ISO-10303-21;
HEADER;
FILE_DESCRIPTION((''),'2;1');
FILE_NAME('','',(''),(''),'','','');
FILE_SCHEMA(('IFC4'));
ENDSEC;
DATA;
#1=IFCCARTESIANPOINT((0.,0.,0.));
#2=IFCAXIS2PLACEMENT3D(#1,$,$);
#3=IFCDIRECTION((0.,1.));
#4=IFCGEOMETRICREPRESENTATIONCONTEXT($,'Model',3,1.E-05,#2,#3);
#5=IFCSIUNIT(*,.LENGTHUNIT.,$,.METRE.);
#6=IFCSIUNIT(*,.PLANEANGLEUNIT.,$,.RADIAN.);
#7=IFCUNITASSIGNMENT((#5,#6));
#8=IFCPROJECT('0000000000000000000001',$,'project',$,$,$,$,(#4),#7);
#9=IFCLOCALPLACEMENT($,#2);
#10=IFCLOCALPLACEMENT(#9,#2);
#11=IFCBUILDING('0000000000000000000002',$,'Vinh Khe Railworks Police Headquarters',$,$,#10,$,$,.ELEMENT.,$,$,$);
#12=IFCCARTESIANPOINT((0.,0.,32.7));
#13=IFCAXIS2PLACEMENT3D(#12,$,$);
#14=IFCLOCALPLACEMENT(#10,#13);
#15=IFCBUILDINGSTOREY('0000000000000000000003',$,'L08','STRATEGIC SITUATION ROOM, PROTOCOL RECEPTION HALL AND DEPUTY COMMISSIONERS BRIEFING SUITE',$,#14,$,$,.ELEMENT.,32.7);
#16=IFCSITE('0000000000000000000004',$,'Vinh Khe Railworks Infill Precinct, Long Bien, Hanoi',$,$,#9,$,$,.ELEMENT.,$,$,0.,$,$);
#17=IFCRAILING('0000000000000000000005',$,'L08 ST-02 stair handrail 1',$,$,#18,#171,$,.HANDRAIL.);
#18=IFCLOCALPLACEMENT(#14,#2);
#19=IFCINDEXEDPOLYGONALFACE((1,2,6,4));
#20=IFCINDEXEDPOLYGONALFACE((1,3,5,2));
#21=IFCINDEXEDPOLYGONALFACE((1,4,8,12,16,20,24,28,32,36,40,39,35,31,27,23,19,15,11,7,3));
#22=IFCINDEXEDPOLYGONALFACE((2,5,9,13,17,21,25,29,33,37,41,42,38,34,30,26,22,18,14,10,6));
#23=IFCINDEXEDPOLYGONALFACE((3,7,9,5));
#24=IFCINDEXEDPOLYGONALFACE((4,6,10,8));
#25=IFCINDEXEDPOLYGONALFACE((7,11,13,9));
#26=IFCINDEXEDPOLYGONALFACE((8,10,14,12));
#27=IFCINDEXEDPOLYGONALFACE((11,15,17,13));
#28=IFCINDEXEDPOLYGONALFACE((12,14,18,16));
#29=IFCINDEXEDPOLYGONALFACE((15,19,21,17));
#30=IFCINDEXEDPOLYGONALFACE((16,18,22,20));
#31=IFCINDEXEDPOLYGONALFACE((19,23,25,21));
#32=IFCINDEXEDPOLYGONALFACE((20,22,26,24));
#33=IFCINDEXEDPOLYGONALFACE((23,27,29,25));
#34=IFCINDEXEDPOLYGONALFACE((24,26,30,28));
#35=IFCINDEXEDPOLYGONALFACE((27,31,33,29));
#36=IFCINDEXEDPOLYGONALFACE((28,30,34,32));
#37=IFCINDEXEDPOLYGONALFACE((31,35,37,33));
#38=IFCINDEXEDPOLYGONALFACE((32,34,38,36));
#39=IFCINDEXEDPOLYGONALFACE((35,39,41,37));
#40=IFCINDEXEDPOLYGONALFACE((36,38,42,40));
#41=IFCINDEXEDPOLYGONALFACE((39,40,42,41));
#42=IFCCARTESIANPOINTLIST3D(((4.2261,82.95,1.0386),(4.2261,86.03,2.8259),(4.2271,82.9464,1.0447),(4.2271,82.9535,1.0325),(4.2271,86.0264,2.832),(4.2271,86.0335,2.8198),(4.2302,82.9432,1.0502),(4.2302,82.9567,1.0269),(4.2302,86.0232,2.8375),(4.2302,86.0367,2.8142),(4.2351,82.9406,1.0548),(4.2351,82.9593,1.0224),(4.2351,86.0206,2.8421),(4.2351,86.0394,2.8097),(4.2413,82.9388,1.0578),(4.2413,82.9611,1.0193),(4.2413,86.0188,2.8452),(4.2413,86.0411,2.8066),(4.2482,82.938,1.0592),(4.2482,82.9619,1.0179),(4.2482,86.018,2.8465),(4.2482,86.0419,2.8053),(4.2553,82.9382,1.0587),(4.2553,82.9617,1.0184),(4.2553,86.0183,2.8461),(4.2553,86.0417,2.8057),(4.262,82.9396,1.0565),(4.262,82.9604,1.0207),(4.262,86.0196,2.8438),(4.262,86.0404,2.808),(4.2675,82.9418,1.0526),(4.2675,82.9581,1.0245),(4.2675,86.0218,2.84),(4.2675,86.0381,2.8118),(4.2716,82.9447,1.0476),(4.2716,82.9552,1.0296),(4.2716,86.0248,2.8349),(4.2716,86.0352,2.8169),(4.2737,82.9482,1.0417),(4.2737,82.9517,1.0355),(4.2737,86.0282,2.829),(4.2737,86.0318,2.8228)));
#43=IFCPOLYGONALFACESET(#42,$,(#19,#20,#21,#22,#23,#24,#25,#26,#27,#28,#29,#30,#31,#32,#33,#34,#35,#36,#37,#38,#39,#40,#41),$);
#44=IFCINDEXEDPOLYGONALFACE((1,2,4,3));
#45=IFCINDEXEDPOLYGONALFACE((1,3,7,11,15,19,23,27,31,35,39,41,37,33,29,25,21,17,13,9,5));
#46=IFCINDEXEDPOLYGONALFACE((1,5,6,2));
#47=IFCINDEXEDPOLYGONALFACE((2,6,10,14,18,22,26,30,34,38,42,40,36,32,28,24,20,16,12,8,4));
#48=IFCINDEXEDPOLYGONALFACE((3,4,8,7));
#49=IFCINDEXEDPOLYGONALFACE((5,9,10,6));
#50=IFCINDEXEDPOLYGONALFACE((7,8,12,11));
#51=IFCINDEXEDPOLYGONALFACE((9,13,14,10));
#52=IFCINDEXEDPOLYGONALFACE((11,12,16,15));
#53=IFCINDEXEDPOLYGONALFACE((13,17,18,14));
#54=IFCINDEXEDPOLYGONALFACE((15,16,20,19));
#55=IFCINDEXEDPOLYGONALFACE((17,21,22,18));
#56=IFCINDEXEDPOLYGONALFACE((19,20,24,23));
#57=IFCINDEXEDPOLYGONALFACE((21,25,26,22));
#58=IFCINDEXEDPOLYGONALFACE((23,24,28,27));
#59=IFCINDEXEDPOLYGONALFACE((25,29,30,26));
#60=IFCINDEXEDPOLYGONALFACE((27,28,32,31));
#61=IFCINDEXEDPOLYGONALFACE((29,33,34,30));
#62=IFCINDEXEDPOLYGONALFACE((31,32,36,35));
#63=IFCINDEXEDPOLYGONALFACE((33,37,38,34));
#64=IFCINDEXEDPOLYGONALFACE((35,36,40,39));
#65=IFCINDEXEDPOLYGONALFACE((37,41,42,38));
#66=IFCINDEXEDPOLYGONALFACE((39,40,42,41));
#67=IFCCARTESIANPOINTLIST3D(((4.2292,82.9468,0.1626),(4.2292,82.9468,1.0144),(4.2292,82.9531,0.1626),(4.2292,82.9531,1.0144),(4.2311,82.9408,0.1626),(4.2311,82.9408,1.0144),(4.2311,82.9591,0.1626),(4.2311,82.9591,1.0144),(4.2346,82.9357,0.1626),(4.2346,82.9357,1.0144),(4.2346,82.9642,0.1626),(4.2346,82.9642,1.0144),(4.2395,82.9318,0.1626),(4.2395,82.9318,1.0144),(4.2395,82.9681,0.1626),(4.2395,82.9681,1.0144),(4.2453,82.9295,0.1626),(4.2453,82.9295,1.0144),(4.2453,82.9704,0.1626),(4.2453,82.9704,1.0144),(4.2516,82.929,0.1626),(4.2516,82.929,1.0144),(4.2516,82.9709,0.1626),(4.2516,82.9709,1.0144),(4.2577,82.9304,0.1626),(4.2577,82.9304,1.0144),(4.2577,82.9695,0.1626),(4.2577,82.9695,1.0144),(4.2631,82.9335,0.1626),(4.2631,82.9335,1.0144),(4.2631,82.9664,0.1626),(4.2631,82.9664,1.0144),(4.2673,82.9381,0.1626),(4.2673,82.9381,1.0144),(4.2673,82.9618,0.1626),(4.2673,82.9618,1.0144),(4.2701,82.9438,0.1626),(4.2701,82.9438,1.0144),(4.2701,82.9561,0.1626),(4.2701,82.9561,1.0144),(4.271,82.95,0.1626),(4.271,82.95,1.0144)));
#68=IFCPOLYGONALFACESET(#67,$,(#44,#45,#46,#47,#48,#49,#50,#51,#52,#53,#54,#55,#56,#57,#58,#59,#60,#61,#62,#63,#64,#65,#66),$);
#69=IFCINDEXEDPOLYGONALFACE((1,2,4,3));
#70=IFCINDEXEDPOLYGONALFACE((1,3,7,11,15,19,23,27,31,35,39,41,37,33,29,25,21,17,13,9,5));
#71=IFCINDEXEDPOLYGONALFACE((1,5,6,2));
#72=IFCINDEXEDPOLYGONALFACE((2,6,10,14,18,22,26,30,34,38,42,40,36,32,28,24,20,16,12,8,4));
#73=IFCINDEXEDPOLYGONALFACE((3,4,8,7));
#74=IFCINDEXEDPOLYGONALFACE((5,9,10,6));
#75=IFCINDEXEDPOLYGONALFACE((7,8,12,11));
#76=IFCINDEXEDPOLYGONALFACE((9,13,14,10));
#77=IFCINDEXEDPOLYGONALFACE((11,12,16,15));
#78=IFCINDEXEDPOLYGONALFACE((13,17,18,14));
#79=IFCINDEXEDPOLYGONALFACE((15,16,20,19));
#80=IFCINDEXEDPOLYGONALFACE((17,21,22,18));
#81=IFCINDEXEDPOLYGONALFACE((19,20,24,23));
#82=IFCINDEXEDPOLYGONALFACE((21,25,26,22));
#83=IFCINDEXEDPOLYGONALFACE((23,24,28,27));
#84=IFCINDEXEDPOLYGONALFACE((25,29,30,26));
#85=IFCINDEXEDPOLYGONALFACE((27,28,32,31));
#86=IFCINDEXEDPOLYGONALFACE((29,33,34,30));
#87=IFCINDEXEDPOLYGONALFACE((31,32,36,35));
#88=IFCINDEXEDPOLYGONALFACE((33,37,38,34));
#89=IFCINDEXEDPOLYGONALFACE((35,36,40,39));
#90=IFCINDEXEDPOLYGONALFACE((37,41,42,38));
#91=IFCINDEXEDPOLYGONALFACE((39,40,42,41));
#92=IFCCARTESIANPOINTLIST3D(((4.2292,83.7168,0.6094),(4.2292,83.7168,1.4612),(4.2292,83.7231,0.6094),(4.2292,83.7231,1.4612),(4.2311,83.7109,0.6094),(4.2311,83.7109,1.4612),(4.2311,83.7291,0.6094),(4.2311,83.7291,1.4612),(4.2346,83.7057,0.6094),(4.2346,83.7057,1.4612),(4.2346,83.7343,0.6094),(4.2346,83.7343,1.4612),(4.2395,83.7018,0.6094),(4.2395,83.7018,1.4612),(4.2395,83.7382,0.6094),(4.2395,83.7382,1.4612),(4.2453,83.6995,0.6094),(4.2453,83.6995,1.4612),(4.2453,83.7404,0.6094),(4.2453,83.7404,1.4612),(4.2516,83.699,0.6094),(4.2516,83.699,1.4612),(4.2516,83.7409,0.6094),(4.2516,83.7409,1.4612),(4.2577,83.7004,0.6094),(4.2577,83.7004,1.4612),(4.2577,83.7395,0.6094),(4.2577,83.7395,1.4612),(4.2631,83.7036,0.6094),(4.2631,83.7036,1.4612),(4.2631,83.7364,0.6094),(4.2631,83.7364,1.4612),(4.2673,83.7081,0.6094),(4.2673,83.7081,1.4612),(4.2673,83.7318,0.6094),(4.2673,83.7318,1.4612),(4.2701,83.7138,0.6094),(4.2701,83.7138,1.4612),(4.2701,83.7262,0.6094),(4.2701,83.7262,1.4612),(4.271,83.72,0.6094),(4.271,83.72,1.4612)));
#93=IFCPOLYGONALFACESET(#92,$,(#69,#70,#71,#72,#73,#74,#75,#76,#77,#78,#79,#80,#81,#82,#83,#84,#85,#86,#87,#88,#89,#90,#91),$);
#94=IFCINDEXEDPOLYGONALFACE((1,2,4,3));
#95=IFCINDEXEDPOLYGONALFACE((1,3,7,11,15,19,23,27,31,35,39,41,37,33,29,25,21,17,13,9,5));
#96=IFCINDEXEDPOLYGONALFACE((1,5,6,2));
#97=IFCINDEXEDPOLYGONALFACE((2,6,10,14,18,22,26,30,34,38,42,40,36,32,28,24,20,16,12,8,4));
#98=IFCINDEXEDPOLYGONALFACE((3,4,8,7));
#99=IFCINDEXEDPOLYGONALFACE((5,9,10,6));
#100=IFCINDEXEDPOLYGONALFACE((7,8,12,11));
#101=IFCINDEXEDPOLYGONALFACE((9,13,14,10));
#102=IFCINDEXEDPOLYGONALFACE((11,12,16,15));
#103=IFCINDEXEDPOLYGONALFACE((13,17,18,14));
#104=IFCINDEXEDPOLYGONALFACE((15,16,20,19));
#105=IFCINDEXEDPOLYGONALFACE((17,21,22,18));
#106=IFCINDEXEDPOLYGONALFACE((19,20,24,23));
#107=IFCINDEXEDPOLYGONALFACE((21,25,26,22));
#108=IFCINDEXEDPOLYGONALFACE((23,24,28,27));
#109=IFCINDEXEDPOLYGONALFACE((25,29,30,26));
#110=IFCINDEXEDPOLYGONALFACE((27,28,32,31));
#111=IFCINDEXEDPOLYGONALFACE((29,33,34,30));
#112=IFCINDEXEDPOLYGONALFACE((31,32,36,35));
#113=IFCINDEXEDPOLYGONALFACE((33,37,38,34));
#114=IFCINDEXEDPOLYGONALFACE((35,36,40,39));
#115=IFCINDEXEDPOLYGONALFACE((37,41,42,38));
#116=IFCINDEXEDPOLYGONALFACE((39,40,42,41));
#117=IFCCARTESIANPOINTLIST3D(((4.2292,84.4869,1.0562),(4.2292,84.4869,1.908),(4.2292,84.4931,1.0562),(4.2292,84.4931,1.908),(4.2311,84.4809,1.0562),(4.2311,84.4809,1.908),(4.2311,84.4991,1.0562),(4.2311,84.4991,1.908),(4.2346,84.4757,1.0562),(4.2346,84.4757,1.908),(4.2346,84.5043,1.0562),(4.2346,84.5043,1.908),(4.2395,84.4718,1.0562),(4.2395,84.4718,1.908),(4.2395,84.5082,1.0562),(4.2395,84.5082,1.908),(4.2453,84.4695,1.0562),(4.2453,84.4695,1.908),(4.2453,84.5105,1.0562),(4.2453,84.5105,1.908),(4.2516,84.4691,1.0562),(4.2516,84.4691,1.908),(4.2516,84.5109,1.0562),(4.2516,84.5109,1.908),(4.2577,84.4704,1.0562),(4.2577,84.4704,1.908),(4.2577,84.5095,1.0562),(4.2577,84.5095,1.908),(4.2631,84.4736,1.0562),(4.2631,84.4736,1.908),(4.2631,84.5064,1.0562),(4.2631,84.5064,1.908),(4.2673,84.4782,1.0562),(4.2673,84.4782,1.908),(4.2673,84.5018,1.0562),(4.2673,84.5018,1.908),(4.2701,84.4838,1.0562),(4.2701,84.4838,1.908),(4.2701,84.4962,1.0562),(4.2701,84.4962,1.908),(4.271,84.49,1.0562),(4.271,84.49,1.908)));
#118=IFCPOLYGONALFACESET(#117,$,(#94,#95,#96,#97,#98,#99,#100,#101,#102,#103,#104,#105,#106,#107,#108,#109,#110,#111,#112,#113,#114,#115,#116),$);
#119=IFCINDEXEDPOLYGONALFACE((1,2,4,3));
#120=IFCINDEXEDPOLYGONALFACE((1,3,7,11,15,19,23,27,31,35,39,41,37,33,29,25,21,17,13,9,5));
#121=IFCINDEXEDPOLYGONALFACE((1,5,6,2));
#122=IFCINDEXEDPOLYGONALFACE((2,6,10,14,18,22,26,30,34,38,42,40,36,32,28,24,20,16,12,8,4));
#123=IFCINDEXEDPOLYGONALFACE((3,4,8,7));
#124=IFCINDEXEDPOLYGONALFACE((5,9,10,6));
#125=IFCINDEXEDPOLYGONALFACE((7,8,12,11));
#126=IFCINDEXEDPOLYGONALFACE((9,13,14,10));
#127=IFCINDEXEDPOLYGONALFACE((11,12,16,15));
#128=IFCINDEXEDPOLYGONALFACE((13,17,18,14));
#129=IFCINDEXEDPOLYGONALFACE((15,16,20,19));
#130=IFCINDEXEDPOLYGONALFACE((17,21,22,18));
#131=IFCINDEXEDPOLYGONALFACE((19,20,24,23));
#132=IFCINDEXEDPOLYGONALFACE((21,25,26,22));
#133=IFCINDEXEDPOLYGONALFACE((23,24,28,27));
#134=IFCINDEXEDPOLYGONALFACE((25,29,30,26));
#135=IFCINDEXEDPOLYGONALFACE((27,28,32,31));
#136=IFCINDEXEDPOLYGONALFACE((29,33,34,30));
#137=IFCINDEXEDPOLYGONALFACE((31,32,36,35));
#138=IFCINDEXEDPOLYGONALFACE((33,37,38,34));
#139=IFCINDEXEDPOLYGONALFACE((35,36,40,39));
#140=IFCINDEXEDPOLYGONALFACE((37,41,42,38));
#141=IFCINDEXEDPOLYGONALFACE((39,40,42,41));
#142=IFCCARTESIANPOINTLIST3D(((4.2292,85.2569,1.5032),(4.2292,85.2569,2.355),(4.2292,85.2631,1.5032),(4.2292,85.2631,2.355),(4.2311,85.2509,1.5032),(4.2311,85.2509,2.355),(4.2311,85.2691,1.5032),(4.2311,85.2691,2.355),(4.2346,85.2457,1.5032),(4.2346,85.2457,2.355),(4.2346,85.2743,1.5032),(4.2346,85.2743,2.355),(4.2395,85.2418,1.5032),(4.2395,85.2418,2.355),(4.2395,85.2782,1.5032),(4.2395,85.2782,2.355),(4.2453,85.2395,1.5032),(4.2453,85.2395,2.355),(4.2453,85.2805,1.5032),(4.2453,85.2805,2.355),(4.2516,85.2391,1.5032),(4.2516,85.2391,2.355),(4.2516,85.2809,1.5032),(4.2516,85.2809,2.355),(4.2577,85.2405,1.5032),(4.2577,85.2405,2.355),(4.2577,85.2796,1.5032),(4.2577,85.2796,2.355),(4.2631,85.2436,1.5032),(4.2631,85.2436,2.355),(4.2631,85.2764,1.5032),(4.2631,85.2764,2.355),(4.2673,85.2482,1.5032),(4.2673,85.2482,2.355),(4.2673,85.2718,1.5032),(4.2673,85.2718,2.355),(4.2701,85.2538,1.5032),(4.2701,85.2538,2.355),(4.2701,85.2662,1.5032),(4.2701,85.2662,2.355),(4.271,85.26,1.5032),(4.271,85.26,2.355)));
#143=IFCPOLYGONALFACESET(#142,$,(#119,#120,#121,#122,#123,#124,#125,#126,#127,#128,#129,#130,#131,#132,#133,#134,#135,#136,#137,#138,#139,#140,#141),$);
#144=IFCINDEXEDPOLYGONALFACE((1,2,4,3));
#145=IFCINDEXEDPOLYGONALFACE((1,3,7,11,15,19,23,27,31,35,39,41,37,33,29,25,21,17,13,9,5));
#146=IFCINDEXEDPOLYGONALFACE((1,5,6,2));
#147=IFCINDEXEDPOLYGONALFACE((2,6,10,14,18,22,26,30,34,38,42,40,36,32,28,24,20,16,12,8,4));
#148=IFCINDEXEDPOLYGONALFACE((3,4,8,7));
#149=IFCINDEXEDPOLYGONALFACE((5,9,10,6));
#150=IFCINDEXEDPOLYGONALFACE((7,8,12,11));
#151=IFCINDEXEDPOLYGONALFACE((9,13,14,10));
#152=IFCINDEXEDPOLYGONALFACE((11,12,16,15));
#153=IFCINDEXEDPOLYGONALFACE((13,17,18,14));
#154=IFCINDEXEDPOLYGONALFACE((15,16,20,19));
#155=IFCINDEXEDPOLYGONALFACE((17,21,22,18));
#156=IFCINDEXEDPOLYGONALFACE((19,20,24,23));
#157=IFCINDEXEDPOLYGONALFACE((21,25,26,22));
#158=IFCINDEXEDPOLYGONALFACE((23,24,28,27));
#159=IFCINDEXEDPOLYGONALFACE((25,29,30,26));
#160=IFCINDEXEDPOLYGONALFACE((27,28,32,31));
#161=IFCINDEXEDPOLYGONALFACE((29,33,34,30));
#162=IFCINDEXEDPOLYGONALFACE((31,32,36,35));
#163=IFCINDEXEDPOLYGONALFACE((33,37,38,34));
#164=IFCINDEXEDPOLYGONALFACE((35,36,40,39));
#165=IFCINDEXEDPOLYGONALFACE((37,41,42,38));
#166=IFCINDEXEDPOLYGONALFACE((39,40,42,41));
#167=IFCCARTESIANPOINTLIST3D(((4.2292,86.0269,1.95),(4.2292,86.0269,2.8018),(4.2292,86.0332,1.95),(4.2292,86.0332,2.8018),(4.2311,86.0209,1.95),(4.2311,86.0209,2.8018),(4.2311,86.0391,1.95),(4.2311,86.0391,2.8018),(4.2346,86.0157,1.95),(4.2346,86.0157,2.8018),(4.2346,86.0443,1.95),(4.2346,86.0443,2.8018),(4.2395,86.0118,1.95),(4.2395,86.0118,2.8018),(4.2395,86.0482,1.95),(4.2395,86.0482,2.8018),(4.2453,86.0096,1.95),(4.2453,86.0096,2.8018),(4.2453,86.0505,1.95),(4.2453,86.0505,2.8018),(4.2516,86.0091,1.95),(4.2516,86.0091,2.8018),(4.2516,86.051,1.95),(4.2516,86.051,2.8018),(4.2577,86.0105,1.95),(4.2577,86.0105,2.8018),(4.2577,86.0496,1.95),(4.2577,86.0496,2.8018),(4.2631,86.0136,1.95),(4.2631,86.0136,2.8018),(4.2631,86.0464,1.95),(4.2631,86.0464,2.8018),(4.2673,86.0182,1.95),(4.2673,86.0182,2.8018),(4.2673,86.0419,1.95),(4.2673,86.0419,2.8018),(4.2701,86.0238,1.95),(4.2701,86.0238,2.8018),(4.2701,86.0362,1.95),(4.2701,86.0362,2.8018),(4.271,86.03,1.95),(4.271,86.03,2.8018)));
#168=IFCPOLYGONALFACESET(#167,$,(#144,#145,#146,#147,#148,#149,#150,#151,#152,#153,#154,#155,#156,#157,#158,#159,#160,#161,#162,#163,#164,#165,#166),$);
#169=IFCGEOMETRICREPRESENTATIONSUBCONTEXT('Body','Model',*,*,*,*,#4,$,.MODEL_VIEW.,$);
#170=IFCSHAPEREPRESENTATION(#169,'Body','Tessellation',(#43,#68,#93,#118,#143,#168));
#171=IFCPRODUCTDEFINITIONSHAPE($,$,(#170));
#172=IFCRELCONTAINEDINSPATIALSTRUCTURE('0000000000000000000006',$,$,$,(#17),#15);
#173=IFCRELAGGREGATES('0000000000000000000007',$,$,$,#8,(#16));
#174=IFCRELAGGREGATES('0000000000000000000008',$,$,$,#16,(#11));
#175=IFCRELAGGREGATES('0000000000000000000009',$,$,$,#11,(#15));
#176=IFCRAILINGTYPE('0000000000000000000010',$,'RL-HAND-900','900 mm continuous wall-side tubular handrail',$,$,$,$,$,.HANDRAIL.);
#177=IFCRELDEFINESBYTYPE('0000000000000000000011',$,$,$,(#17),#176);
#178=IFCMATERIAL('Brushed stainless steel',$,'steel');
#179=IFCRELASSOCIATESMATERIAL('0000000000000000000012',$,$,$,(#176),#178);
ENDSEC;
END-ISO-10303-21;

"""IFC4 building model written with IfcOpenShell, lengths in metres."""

from ifc_helpers import new_model, si_unit, direction, frame, origin, origin_2d, place, context, subcontext, project, spatial, circle, extrude, material, type_object, element, save


model = new_model("IFC4")

# Units and contexts
model_context = context("Model", 3, precision=1e-05, world=origin(), true_north=direction((0.0, 1.0)))
body_context = subcontext(model_context, "Body", "Model", "MODEL_VIEW")
ifc_project = project(units=[si_unit("LENGTHUNIT", "METRE"), si_unit("PLANEANGLEUNIT", "RADIAN")], contexts=[model_context])

# Site, building, storey
site_placement = place(None, origin())
site = spatial("IfcSite", under=ifc_project, at=site_placement, Name="Vinh Khe Railworks Infill Precinct, Long Bien, Hanoi", CompositionType="ELEMENT", RefElevation=0.0)
building_placement = place(site_placement, origin())
building = spatial("IfcBuilding", under=site, at=building_placement, Name="Vinh Khe Railworks Police Headquarters", CompositionType="ELEMENT")
storey_placement = place(building_placement, frame((0.0, 0.0, 32.7)))
storey = spatial("IfcBuildingStorey", under=building, at=storey_placement, Name="L08", Description="STRATEGIC SITUATION ROOM, PROTOCOL RECEPTION HALL AND DEPUTY COMMISSIONERS BRIEFING SUITE", CompositionType="ELEMENT", Elevation=32.7)

# Railing
ifc_material_1 = material(Name="Brushed stainless steel", Category="steel")
railing_type = type_object("IfcRailingType", Name="RL-HAND-900", Description="900 mm continuous wall-side tubular handrail", PredefinedType="HANDRAIL", material=ifc_material_1)
railing_placement = place(storey_placement, frame((4.25, 82.95, 0.1626)))
element("IfcRailing", 1, at=railing_placement, inside=storey, type_object=railing_type, Name="L08 ST-02 stair handrail 1", PredefinedType="HANDRAIL", context=body_context, shape_type="SweptSolid", body=[
    extrude(circle(Radius=0.0239, at=origin_2d()), frame((0.0, 0.0, 0.876), z_axis=(0.0, 0.86492, 0.501909), x_axis=(-1.0, 0.0, 0.0)), (0.0, 0.0, 1.0), 3.561),
    extrude(circle(Radius=0.021, at=origin_2d()), origin(), (0.0, 0.0, 1.0), 0.8518),
    extrude(circle(Radius=0.021, at=origin_2d()), frame((0.0, 0.77, 0.4468)), (0.0, 0.0, 1.0), 0.8518),
    extrude(circle(Radius=0.021, at=origin_2d()), frame((0.0, 1.54, 0.8936)), (0.0, 0.0, 1.0), 0.8518),
    extrude(circle(Radius=0.021, at=origin_2d()), frame((0.0, 2.3101, 1.3406)), (0.0, 0.0, 1.0), 0.8518),
    extrude(circle(Radius=0.021, at=origin_2d()), frame((0.0, 3.0801, 1.7874)), (0.0, 0.0, 1.0), 0.8518),
])

save(model, "model.ifc")
